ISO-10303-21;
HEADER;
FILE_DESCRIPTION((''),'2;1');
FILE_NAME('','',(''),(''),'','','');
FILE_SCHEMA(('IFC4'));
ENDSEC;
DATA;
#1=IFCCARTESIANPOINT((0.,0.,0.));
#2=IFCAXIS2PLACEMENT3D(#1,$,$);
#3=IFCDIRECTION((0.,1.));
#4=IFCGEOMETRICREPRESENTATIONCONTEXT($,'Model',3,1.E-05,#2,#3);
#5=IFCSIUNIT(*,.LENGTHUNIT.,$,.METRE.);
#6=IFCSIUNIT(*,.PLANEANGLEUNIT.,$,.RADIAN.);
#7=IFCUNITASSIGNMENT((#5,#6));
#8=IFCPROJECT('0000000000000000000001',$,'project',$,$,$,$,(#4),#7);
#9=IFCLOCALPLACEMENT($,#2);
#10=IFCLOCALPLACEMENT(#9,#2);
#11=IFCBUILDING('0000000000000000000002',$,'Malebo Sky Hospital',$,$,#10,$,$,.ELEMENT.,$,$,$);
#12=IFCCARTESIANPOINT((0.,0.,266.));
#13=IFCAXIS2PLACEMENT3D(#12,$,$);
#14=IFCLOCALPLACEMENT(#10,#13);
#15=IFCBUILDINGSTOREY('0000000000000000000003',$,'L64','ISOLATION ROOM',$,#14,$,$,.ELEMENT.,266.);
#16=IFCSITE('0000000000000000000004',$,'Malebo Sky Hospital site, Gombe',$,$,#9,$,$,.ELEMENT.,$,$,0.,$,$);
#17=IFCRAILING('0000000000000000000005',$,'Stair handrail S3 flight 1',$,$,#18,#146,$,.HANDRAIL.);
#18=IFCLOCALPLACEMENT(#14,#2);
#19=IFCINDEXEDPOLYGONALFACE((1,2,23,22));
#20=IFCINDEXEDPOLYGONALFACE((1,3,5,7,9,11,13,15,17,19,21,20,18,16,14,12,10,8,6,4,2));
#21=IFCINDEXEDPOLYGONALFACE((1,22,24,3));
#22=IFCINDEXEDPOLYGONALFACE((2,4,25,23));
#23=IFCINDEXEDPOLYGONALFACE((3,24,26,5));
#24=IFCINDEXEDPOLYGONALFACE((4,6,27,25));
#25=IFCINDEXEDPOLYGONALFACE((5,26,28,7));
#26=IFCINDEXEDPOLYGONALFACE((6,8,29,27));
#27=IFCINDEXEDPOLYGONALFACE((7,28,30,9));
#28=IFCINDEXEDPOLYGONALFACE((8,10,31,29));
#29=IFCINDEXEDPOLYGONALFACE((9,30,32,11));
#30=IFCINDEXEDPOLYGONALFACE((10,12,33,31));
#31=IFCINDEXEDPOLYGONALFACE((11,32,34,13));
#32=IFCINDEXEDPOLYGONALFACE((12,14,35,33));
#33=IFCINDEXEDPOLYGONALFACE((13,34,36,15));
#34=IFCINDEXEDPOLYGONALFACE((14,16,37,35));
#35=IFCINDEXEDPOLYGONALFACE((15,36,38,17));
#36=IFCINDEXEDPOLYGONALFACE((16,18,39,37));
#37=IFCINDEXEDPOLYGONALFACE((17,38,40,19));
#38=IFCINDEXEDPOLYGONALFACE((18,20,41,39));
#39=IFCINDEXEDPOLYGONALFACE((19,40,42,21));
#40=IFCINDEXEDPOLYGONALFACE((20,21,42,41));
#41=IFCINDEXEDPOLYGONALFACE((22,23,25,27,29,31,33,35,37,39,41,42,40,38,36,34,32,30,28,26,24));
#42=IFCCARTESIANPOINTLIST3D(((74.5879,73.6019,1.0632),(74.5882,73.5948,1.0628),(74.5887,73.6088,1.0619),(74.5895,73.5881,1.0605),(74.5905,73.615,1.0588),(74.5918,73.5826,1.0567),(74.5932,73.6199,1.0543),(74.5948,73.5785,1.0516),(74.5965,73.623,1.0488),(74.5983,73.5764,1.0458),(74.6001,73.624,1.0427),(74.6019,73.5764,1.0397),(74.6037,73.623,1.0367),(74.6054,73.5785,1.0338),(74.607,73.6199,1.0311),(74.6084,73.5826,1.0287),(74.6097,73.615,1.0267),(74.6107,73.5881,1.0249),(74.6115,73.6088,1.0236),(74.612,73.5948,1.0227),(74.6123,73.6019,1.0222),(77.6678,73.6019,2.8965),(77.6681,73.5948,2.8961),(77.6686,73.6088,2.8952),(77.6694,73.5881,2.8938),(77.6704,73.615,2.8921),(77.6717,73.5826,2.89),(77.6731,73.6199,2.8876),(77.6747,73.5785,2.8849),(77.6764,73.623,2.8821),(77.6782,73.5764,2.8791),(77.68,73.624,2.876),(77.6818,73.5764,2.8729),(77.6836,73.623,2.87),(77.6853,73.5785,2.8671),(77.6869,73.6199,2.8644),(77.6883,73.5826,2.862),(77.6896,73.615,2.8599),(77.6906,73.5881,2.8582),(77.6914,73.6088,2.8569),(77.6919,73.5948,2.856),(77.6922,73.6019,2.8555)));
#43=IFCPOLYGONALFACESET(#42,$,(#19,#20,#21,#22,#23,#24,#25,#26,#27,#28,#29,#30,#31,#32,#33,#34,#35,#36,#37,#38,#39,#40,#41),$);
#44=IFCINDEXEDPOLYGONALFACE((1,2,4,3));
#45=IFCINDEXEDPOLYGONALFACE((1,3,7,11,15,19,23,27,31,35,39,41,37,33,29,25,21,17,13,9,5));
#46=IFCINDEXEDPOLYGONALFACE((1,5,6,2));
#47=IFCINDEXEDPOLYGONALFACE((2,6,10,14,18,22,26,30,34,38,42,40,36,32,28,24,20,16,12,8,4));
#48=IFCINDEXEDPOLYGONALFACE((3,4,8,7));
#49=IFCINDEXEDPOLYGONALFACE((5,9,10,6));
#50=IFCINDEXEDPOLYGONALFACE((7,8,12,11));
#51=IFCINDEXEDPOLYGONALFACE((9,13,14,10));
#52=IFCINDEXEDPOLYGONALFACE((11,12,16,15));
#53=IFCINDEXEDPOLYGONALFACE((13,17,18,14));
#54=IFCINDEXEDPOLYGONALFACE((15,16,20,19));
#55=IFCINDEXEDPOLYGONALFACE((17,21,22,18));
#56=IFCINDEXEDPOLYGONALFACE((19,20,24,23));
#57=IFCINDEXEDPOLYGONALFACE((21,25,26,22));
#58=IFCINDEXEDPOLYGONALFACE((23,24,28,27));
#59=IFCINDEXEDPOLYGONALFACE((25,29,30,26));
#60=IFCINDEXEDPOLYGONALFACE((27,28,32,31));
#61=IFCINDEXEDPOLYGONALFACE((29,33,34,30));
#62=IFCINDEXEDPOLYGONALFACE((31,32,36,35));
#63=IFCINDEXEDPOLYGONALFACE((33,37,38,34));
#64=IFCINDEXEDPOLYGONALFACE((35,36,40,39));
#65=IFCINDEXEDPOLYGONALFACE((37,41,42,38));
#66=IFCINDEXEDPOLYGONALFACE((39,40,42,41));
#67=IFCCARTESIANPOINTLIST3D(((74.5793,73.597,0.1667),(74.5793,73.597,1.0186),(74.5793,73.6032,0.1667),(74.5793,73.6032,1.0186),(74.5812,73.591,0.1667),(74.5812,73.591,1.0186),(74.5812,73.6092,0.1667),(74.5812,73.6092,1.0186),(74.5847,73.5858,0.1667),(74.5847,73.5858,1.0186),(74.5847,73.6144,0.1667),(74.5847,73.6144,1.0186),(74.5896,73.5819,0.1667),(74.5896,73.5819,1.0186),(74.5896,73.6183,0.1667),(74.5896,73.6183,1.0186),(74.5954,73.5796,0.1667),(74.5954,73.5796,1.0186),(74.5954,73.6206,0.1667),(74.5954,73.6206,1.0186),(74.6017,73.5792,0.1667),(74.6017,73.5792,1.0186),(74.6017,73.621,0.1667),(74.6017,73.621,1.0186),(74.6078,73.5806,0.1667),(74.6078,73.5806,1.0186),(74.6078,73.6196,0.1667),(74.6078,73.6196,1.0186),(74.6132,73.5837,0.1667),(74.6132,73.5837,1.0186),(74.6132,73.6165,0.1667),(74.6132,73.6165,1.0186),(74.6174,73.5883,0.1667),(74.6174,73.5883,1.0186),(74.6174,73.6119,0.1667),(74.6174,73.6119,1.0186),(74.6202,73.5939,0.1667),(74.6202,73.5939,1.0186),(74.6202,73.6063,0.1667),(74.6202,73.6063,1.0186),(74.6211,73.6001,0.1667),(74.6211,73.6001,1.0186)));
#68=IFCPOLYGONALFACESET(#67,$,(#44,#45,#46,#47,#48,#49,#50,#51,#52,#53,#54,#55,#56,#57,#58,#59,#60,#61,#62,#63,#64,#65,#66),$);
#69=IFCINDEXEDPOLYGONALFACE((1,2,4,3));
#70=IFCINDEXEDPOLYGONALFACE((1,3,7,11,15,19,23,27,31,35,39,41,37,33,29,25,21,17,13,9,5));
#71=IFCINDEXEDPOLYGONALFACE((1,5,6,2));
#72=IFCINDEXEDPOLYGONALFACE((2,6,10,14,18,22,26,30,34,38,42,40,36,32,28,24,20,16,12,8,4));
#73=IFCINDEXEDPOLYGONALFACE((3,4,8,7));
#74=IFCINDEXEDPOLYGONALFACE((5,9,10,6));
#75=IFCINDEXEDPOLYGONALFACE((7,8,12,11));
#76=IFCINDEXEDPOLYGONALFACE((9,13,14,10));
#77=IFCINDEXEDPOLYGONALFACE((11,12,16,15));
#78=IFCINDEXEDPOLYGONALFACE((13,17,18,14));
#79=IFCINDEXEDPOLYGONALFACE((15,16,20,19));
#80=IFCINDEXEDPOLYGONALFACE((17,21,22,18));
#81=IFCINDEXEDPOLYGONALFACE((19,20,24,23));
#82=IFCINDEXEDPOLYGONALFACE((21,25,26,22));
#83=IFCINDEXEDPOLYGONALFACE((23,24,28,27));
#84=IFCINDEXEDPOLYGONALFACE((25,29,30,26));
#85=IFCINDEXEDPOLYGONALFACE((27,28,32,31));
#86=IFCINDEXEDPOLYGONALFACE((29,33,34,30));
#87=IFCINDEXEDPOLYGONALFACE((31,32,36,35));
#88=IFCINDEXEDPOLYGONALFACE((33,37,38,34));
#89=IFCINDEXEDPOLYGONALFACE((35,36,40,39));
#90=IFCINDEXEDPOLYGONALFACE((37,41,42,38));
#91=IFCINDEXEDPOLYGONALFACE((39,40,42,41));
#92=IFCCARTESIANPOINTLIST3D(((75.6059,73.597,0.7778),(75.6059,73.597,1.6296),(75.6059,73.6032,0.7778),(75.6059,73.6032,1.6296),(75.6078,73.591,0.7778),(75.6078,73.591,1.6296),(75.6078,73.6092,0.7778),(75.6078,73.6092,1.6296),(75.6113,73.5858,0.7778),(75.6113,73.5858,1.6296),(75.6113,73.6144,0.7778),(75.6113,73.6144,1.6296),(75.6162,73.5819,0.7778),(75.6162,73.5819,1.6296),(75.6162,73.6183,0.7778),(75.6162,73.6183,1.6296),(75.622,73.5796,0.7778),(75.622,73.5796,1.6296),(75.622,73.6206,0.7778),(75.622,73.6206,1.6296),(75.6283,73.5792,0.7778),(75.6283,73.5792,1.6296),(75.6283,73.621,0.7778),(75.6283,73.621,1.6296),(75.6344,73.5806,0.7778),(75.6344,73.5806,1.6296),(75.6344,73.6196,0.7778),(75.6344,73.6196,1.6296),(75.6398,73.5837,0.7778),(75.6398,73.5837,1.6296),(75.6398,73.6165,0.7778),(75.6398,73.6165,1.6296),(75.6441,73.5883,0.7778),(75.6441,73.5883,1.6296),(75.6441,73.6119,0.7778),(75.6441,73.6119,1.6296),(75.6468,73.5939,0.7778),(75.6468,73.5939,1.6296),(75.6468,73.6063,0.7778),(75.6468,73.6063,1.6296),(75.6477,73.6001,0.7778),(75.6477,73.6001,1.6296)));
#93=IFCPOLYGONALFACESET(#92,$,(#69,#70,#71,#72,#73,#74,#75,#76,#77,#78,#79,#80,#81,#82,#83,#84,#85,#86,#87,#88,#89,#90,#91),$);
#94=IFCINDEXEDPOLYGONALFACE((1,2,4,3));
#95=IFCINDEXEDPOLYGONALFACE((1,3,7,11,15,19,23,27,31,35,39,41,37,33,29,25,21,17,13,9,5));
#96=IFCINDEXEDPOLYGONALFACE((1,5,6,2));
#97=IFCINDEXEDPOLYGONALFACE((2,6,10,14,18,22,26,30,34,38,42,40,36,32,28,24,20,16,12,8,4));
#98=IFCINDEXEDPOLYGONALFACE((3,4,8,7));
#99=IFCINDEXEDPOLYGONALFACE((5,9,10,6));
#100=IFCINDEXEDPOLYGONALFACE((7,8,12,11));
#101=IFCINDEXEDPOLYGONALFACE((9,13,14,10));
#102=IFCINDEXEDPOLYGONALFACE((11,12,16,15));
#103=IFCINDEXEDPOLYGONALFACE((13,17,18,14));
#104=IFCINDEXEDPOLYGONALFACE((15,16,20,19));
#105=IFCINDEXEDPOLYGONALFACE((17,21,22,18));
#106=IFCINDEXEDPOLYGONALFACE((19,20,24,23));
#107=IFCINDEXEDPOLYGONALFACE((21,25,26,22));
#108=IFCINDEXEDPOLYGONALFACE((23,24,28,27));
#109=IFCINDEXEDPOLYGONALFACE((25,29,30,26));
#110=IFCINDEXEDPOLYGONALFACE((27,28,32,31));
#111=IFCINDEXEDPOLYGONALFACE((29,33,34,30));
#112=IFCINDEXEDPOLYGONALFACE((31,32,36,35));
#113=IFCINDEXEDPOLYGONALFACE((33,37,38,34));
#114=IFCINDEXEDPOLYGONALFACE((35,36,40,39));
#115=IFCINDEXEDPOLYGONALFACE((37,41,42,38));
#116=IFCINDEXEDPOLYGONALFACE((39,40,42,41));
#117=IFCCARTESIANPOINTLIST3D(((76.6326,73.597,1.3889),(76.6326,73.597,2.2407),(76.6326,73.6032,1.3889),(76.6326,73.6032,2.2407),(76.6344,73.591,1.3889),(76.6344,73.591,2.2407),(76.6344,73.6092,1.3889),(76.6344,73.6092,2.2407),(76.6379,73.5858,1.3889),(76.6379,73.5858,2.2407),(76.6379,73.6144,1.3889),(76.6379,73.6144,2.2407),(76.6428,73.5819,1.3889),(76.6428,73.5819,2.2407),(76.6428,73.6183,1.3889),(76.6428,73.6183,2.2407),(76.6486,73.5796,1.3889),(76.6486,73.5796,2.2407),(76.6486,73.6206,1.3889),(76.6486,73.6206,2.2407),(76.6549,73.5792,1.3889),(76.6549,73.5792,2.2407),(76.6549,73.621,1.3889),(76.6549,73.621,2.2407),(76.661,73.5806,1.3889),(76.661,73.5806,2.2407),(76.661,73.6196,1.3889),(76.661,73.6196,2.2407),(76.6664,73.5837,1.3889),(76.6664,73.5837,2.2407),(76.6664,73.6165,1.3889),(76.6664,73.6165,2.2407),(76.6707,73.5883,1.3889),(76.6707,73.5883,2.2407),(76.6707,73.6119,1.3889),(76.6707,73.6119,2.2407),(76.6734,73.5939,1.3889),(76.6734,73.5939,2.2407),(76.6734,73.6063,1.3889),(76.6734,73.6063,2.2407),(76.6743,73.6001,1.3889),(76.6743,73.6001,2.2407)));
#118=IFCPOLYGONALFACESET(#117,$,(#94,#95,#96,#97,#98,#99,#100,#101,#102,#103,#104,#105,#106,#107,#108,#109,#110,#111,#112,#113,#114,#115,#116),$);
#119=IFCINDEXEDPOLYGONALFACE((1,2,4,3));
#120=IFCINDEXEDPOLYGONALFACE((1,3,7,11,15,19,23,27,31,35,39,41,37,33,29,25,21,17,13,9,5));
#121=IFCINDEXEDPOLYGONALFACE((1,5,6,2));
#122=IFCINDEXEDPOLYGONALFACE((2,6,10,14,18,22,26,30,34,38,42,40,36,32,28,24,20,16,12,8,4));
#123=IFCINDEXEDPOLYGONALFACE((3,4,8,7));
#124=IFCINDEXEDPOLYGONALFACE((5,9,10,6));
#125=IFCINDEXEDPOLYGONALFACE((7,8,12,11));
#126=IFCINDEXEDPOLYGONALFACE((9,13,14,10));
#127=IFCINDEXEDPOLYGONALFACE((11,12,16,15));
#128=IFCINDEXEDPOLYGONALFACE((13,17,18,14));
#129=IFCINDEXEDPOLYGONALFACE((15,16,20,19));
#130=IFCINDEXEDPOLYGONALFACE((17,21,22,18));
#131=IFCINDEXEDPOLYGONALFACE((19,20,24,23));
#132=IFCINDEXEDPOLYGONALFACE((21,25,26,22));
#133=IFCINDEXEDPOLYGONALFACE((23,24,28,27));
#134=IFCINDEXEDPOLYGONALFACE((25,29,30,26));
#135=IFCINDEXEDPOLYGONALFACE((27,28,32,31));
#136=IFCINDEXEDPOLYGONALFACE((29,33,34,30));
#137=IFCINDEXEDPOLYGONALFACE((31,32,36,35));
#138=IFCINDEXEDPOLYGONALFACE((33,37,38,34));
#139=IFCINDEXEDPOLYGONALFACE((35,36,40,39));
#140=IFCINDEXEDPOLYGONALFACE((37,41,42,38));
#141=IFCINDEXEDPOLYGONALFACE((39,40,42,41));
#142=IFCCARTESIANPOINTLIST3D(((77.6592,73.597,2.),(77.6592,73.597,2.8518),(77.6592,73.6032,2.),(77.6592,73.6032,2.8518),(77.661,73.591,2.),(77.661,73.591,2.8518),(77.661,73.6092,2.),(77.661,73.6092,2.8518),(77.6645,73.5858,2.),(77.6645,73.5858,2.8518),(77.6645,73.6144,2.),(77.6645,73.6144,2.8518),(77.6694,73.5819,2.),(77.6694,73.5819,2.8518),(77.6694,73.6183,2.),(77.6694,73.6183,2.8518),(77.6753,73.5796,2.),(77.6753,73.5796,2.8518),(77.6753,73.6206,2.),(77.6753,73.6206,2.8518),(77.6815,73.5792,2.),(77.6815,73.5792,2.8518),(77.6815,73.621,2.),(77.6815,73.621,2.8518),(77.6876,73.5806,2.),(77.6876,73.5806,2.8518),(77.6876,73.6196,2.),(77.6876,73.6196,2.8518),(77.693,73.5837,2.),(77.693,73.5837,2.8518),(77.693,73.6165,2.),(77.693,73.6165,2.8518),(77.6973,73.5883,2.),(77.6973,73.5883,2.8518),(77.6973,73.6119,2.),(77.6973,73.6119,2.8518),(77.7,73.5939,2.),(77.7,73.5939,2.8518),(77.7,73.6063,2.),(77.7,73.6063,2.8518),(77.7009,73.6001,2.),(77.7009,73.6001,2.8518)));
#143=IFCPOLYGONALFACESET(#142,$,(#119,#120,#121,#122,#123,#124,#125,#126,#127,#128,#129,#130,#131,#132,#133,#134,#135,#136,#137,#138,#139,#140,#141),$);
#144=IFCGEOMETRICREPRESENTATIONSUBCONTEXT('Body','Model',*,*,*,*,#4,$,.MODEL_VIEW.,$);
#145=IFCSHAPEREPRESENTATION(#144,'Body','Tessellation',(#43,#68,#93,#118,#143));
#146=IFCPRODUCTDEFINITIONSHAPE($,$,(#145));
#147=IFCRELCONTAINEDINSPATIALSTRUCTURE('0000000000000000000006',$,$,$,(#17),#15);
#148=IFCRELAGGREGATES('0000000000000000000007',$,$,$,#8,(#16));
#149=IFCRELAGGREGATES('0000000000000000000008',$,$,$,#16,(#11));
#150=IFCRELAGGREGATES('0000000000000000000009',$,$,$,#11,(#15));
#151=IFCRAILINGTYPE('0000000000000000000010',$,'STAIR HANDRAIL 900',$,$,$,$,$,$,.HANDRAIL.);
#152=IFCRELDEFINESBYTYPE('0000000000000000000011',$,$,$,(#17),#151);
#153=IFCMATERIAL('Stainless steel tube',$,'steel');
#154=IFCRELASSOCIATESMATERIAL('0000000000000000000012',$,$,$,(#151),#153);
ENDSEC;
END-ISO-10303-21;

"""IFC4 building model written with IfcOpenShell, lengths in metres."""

from ifc_helpers import new_model, si_unit, direction, frame, origin, origin_2d, place, context, subcontext, project, spatial, circle, extrude, material, type_object, element, save


model = new_model("IFC4")

# Units and contexts
model_context = context("Model", 3, precision=1e-05, world=origin(), true_north=direction((0.0, 1.0)))
body_context = subcontext(model_context, "Body", "Model", "MODEL_VIEW")
ifc_project = project(units=[si_unit("LENGTHUNIT", "METRE"), si_unit("PLANEANGLEUNIT", "RADIAN")], contexts=[model_context])

# Site, building, storey
site_placement = place(None, origin())
site = spatial("IfcSite", under=ifc_project, at=site_placement, Name="Malebo Sky Hospital site, Gombe", CompositionType="ELEMENT", RefElevation=0.0)
building_placement = place(site_placement, origin())
building = spatial("IfcBuilding", under=site, at=building_placement, Name="Malebo Sky Hospital", CompositionType="ELEMENT")
storey_placement = place(building_placement, frame((0.0, 0.0, 266.0)))
storey = spatial("IfcBuildingStorey", under=building, at=storey_placement, Name="L64", Description="ISOLATION ROOM", CompositionType="ELEMENT", Elevation=266.0)

# Railing
ifc_material_1 = material(Name="Stainless steel tube", Category="steel")
railing_type_1 = type_object("IfcRailingType", Name="STAIR HANDRAIL 900", PredefinedType="HANDRAIL", material=ifc_material_1)
railing_1_placement = place(storey_placement, frame((74.6001, 73.6001, 0.1667)))
element("IfcRailing", 1, at=railing_1_placement, inside=storey, type_object=railing_type_1, Name="Stair handrail S3 flight 1", PredefinedType="HANDRAIL", context=body_context, shape_type="SweptSolid", body=[
    extrude(circle(Radius=0.0239, at=origin_2d()), frame((0.0, 0.0, 0.876), z_axis=(0.859291, 0.0, 0.511487), x_axis=(0.0, 1.0, 0.0)), (0.0, 0.0, 1.0), 3.5842),
    extrude(circle(Radius=0.021, at=origin_2d()), origin(), (0.0, 0.0, 1.0), 0.8518),
    extrude(circle(Radius=0.021, at=origin_2d()), frame((1.0266, 0.0, 0.6111)), (0.0, 0.0, 1.0), 0.8518),
    extrude(circle(Radius=0.021, at=origin_2d()), frame((2.0532, 0.0, 1.2222)), (0.0, 0.0, 1.0), 0.8518),
    extrude(circle(Radius=0.021, at=origin_2d()), frame((3.0798, 0.0, 1.8333)), (0.0, 0.0, 1.0), 0.8518),
])

save(model, "model.ifc")
